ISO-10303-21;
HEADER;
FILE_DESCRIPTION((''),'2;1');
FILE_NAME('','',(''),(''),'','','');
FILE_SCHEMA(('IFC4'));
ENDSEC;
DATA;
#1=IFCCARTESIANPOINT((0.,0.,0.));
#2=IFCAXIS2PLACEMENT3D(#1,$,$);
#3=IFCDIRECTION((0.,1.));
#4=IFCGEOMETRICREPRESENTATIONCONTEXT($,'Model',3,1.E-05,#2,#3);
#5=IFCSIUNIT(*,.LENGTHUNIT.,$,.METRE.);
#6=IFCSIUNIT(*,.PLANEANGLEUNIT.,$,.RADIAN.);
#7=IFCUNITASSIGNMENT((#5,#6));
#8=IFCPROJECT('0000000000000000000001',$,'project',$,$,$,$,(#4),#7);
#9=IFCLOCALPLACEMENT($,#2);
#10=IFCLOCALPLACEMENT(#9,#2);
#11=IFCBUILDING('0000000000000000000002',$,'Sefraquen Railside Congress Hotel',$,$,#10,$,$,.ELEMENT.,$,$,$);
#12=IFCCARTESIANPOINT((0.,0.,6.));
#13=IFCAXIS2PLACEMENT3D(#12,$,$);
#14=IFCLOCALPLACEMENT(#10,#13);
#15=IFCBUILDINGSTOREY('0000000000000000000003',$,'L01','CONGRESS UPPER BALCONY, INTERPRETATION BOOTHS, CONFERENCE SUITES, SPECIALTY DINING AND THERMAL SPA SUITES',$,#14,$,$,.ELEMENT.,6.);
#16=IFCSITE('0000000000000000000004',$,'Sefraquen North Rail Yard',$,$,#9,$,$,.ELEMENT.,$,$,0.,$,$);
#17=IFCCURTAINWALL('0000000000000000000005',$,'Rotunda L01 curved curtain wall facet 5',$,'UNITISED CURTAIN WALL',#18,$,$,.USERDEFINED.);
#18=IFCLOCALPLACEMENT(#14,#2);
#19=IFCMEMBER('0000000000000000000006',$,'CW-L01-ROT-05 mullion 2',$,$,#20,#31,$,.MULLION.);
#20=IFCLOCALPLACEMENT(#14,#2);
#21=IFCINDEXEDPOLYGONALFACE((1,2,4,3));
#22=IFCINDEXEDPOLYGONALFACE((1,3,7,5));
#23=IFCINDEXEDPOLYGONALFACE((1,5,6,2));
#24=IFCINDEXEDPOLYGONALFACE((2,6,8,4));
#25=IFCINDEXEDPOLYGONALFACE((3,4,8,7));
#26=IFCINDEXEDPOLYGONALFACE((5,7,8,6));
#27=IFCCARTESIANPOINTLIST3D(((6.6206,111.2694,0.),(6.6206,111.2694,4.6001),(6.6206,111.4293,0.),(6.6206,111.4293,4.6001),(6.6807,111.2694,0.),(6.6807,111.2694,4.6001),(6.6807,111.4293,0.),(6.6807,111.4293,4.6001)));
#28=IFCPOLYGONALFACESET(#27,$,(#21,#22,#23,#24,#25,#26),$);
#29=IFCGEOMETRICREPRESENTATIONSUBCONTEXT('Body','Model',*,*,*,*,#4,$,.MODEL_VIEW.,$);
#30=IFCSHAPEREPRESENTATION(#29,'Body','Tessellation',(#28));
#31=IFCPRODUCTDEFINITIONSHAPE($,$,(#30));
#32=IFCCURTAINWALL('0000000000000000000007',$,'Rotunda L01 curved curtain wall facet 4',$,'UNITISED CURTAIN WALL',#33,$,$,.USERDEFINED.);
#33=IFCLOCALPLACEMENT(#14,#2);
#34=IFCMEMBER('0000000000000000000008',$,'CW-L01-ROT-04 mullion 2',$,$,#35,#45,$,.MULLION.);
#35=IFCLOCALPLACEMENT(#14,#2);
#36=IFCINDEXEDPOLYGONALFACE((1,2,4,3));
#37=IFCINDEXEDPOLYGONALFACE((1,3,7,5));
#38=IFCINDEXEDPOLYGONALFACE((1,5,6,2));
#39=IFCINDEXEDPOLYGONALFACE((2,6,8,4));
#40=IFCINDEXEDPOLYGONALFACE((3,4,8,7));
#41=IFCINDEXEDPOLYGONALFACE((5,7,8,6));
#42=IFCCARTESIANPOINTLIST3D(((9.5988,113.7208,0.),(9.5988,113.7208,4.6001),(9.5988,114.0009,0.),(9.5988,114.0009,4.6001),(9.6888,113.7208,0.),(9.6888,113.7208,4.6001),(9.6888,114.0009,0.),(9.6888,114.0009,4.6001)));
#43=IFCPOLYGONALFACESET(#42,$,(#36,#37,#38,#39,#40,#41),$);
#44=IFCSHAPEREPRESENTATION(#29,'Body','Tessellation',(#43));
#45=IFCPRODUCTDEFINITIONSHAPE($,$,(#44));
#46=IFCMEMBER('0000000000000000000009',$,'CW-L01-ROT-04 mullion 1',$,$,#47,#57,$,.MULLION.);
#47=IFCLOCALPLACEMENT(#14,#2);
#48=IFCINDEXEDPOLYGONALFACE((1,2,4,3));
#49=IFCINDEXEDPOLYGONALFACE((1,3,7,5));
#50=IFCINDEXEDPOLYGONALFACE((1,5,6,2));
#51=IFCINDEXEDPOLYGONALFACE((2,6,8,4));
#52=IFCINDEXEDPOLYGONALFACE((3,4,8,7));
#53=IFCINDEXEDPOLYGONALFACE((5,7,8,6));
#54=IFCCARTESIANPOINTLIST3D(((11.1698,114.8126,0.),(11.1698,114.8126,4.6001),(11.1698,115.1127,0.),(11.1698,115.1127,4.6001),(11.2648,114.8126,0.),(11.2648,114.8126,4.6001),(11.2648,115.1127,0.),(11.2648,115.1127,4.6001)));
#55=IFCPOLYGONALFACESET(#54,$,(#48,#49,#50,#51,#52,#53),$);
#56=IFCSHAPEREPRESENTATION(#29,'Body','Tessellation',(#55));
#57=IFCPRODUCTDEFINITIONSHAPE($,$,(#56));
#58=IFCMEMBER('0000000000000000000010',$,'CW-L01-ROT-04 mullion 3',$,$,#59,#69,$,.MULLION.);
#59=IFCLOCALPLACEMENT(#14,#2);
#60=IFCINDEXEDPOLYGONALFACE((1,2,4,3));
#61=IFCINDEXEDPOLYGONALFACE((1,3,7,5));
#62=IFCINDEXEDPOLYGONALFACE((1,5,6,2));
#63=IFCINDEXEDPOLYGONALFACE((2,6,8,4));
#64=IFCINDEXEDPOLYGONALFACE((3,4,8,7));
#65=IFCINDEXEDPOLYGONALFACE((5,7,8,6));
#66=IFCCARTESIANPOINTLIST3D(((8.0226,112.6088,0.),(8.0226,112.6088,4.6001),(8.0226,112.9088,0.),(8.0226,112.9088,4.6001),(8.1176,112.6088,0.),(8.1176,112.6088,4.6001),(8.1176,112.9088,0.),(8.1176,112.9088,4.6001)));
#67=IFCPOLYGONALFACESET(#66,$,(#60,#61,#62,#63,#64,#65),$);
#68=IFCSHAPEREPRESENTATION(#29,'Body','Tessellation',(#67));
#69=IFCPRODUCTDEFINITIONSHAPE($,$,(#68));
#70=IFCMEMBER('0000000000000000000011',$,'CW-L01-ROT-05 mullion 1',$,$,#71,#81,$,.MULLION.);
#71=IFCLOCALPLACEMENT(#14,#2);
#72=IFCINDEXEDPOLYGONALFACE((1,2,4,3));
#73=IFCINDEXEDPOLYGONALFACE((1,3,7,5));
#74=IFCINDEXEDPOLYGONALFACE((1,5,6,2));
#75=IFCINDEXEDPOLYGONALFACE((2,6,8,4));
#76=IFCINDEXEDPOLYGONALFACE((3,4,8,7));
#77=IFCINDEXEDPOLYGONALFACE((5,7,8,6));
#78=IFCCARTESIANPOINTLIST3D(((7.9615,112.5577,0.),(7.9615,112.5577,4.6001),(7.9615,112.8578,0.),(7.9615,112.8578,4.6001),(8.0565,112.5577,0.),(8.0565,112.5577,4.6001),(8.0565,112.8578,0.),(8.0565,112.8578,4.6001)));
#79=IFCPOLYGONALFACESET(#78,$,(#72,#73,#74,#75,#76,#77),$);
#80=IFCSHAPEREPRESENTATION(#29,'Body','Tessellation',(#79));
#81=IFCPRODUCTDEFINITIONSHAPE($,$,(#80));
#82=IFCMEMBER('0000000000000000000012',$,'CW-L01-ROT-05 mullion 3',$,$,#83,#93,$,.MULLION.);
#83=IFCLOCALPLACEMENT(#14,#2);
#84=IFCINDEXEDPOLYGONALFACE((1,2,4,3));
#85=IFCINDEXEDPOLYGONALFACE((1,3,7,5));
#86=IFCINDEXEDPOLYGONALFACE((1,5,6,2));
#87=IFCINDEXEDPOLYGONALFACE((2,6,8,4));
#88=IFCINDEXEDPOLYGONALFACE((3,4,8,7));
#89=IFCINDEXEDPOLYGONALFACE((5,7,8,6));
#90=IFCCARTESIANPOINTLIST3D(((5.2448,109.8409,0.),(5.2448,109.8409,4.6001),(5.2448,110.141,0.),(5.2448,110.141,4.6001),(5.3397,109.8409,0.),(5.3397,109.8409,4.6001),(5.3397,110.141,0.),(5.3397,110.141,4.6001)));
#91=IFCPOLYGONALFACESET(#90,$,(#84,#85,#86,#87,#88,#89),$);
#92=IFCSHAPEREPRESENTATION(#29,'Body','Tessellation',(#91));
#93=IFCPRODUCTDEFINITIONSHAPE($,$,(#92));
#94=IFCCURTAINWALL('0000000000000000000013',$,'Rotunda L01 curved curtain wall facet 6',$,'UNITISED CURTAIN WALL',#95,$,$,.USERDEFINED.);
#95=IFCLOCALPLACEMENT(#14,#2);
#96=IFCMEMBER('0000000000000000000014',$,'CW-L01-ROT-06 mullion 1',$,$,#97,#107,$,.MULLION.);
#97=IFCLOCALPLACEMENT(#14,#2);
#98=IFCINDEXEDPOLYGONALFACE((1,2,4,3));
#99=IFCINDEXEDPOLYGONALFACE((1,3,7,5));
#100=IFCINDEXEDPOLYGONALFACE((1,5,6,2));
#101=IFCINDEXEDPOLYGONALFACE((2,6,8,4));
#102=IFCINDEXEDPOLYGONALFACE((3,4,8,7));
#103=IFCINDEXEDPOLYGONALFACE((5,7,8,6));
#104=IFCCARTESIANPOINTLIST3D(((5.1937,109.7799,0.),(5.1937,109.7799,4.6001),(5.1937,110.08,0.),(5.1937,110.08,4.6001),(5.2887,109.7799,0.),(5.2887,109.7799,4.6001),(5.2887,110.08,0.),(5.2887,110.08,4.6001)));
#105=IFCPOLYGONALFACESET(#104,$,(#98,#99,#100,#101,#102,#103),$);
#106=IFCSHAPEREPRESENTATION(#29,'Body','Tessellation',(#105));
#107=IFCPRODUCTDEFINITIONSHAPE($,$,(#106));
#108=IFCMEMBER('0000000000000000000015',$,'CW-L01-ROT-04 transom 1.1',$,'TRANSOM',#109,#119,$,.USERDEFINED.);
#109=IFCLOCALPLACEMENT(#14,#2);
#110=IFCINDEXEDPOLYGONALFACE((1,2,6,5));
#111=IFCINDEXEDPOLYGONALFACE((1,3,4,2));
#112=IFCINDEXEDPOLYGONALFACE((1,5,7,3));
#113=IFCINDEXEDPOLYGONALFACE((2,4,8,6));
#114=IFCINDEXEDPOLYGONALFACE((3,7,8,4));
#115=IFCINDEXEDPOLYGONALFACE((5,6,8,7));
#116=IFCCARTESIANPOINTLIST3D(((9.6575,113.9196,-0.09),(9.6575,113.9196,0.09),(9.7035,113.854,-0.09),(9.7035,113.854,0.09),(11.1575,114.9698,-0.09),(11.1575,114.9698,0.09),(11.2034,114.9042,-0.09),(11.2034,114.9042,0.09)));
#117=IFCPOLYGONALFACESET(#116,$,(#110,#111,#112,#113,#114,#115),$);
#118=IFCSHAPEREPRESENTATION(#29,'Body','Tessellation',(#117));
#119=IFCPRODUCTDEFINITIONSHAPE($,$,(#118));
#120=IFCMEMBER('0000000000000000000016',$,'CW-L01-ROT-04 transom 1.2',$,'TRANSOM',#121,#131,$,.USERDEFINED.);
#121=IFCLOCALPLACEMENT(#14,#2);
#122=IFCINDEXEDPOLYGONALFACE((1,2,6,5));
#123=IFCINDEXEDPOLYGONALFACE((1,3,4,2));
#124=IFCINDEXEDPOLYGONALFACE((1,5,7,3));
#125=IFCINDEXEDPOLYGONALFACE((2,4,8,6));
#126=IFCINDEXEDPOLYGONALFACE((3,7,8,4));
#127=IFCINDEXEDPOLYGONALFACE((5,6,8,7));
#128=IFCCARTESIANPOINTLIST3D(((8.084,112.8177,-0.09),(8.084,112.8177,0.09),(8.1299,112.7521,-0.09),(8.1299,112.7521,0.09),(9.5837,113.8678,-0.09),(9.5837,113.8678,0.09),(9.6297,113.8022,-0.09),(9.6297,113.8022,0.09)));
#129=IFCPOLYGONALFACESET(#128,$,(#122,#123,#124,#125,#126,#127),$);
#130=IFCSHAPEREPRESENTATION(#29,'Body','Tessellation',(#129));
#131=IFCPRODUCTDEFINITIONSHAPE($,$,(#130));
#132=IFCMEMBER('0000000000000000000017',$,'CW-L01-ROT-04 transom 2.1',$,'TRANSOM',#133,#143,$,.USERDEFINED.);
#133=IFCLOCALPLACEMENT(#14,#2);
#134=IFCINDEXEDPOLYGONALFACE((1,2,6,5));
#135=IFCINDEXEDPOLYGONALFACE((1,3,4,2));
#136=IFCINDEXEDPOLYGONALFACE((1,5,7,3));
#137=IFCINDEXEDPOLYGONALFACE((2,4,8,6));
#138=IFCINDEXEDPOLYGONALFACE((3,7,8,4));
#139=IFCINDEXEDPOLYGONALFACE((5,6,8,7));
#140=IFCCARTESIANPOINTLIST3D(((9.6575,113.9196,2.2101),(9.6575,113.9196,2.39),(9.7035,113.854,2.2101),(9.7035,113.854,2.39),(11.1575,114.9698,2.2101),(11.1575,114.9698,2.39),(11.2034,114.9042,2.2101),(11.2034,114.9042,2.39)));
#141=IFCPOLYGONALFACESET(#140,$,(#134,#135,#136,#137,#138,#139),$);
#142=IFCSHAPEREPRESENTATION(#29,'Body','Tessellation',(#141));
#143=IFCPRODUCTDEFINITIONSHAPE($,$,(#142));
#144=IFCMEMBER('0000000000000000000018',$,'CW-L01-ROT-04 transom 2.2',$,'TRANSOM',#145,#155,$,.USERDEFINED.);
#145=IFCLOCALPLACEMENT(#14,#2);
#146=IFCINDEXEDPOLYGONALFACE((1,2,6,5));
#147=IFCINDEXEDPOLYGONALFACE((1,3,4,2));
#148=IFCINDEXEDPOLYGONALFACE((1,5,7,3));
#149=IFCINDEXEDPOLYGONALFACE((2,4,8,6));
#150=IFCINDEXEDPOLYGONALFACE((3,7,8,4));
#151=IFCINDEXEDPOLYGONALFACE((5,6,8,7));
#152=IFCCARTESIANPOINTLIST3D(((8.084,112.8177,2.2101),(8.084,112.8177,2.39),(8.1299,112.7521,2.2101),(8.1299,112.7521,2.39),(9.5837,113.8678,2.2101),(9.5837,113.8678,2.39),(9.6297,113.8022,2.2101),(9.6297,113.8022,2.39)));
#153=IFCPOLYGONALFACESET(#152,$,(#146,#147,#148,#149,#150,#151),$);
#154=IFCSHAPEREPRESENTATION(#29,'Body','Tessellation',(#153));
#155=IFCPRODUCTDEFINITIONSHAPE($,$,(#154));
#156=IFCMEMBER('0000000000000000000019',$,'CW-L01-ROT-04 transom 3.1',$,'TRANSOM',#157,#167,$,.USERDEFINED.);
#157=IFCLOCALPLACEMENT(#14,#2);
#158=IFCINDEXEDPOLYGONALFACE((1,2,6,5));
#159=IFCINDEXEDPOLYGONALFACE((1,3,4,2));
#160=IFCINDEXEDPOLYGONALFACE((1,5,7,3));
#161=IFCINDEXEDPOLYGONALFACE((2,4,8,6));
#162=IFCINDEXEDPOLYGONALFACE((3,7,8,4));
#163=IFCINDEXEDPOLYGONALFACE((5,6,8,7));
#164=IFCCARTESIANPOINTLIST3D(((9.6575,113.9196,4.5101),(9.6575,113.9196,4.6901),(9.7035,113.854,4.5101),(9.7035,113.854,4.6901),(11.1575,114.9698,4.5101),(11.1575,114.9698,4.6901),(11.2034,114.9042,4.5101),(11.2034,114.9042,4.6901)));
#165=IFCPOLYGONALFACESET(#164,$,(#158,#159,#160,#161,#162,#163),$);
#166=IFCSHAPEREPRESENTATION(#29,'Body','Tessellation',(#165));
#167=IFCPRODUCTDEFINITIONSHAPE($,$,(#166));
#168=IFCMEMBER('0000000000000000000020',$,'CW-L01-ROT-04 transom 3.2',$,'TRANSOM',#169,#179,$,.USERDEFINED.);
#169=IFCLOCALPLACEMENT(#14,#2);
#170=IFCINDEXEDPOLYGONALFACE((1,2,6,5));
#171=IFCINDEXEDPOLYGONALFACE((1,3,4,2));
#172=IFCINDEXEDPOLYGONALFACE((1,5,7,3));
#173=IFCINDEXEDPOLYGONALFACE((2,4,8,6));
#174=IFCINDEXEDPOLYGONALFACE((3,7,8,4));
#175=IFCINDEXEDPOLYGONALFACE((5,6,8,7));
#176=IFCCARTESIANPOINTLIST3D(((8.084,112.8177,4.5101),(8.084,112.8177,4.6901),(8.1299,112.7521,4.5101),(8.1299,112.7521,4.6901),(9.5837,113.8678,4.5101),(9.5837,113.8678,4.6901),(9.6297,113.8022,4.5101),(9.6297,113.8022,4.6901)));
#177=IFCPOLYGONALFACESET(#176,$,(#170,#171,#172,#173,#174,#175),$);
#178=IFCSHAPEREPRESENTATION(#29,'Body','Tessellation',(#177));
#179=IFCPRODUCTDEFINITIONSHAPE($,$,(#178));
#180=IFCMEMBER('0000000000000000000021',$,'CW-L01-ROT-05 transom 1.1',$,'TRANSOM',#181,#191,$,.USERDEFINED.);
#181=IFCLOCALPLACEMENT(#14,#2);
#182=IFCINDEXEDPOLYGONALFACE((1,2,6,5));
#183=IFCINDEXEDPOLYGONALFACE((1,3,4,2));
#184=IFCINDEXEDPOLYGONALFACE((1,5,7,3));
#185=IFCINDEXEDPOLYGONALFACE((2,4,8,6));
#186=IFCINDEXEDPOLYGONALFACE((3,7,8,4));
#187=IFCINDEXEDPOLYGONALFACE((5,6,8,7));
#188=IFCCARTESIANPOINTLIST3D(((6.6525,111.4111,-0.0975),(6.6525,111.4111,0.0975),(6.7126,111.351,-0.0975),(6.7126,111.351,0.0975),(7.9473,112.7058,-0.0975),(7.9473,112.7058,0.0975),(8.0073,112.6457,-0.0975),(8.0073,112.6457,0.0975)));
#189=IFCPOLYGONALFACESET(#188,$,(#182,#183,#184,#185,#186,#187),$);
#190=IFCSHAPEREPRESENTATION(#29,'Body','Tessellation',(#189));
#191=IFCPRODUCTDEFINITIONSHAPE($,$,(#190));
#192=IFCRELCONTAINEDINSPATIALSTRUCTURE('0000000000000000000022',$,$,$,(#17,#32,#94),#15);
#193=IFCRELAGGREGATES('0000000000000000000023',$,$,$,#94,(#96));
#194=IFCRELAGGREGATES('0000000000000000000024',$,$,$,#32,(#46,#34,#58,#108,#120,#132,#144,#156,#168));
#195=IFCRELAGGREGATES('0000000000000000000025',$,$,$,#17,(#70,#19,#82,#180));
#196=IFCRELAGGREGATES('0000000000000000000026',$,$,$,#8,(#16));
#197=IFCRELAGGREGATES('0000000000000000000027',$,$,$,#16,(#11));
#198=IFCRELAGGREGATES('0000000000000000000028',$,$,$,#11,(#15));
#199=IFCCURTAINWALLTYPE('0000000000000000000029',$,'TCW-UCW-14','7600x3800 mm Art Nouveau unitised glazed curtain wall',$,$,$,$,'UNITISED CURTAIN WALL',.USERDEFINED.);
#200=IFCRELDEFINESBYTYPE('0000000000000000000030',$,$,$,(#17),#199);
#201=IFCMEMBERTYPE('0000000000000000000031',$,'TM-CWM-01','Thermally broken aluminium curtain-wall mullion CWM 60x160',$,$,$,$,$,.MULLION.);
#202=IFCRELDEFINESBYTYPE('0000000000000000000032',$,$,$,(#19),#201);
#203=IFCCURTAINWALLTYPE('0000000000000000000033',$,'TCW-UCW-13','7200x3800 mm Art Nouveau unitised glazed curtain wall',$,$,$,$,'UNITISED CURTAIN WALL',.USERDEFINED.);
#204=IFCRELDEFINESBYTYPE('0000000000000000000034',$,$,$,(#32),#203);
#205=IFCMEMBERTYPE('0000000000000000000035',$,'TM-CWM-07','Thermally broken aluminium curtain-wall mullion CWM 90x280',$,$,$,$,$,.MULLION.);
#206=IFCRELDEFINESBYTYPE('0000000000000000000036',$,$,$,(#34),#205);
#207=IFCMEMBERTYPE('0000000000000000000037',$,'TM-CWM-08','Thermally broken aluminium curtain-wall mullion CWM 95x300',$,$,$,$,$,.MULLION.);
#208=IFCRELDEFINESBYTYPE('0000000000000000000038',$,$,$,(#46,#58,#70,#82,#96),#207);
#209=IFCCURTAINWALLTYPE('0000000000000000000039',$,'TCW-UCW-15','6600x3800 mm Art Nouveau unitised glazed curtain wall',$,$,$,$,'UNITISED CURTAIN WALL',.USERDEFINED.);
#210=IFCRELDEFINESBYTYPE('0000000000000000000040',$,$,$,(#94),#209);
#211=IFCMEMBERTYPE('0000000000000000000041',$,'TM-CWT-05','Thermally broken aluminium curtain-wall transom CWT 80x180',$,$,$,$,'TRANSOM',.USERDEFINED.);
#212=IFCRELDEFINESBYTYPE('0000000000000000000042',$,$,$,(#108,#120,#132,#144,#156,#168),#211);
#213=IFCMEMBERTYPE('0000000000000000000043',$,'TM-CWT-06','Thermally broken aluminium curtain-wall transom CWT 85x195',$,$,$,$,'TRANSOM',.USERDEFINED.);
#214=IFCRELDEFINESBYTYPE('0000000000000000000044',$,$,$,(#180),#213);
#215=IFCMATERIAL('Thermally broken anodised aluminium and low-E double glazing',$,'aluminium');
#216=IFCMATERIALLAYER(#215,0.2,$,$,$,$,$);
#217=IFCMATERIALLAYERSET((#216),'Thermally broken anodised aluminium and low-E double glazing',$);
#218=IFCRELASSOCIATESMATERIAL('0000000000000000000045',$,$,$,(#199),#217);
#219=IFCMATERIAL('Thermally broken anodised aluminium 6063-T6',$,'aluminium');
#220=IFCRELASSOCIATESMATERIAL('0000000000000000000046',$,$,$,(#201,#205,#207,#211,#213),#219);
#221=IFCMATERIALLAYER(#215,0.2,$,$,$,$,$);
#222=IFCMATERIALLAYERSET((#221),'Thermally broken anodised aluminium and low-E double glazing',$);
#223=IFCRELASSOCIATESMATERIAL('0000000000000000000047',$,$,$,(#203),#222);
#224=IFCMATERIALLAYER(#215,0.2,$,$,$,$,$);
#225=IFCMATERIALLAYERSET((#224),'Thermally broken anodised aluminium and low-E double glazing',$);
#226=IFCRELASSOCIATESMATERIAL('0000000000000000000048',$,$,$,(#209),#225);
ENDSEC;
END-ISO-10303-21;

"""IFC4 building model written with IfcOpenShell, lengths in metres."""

from ifc_helpers import new_model, si_unit, direction, frame, origin, origin_2d, place, context, subcontext, project, spatial, rectangle, extrude, material, layer, layer_set, material_profile, profile_set, type_object, element, aggregate, save


model = new_model("IFC4")

# Units and contexts
model_context = context("Model", 3, precision=1e-05, world=origin(), true_north=direction((0.0, 1.0)))
body_context = subcontext(model_context, "Body", "Model", "MODEL_VIEW")
ifc_project = project(units=[si_unit("LENGTHUNIT", "METRE"), si_unit("PLANEANGLEUNIT", "RADIAN")], contexts=[model_context])

# Site, building, storey
site_placement = place(None, origin())
site = spatial("IfcSite", under=ifc_project, at=site_placement, Name="Sefraquen North Rail Yard", CompositionType="ELEMENT", RefElevation=0.0)
building_placement = place(site_placement, origin())
building = spatial("IfcBuilding", under=site, at=building_placement, Name="Sefraquen Railside Congress Hotel", CompositionType="ELEMENT")
storey_placement = place(building_placement, frame((0.0, 0.0, 6.0)))
storey = spatial("IfcBuildingStorey", under=building, at=storey_placement, Name="L01", Description="CONGRESS UPPER BALCONY, INTERPRETATION BOOTHS, CONFERENCE SUITES, SPECIALTY DINING AND THERMAL SPA SUITES", CompositionType="ELEMENT", Elevation=6.0)

# Curtain wall, member
ifc_material_1 = material(Name="Thermally broken anodised aluminium and low-E double glazing", Category="aluminium")
ifc_layer_1 = layer(ifc_material_1, 0.2)
ifc_layer_set_1 = layer_set([ifc_layer_1], Name="Thermally broken anodised aluminium and low-E double glazing")
curtain_wall_type_1 = type_object("IfcCurtainWallType", Name="TCW-UCW-14", Description="7600x3800 mm Art Nouveau unitised glazed curtain wall", ElementType="UNITISED CURTAIN WALL", PredefinedType="USERDEFINED", material=ifc_layer_set_1)
curtain_wall_1_placement = place(storey_placement, origin())
curtain_wall_1 = element("IfcCurtainWall", 1, at=curtain_wall_1_placement, inside=storey, type_object=curtain_wall_type_1, Name="Rotunda L01 curved curtain wall facet 5", ObjectType="UNITISED CURTAIN WALL", PredefinedType="USERDEFINED")
ifc_material_2 = material(Name="Thermally broken anodised aluminium 6063-T6", Category="aluminium")
ifc_material_profile_1 = material_profile(ifc_material_2, rectangle(XDim=0.0601, YDim=0.1599, at=origin_2d()), Name="CWM 60x160")
ifc_profile_set_1 = profile_set([ifc_material_profile_1], Name="Thermally broken anodised aluminium 6063-T6")
member_type_1 = type_object("IfcMemberType", Name="TM-CWM-01", Description="Thermally broken aluminium curtain-wall mullion CWM 60x160", PredefinedType="MULLION", material=ifc_profile_set_1)
member_1_placement = place(storey_placement, frame((6.6506, 111.3494, 0.0), z_axis=(0.0, 0.0, 1.0), x_axis=(1.0, 0.0, 0.0)))
member_1 = element("IfcMember", 2, at=member_1_placement, type_object=member_type_1, Name="CW-L01-ROT-05 mullion 2", PredefinedType="MULLION", context=body_context, shape_type="SweptSolid", body=[
    extrude(rectangle(XDim=0.0601, YDim=0.1599, at=origin_2d()), origin(), (0.0, 0.0, 1.0), 4.6001),
])

# Curtain wall, members
ifc_layer_2 = layer(ifc_material_1, 0.2)
ifc_layer_set_2 = layer_set([ifc_layer_2], Name="Thermally broken anodised aluminium and low-E double glazing")
curtain_wall_type_2 = type_object("IfcCurtainWallType", Name="TCW-UCW-13", Description="7200x3800 mm Art Nouveau unitised glazed curtain wall", ElementType="UNITISED CURTAIN WALL", PredefinedType="USERDEFINED", material=ifc_layer_set_2)
curtain_wall_2_placement = place(storey_placement, origin())
curtain_wall_2 = element("IfcCurtainWall", 3, at=curtain_wall_2_placement, inside=storey, type_object=curtain_wall_type_2, Name="Rotunda L01 curved curtain wall facet 4", ObjectType="UNITISED CURTAIN WALL", PredefinedType="USERDEFINED")
ifc_material_profile_2 = material_profile(ifc_material_2, rectangle(XDim=0.0901, YDim=0.28, at=origin_2d()), Name="CWM 90x280")
ifc_profile_set_2 = profile_set([ifc_material_profile_2], Name="Thermally broken anodised aluminium 6063-T6")
member_type_2 = type_object("IfcMemberType", Name="TM-CWM-07", Description="Thermally broken aluminium curtain-wall mullion CWM 90x280", PredefinedType="MULLION", material=ifc_profile_set_2)
member_2_placement = place(storey_placement, frame((9.6438, 113.8608, 0.0), z_axis=(0.0, 0.0, 1.0), x_axis=(1.0, 0.0, 0.0)))
member_2 = element("IfcMember", 4, at=member_2_placement, type_object=member_type_2, Name="CW-L01-ROT-04 mullion 2", PredefinedType="MULLION", context=body_context, shape_type="SweptSolid", body=[
    extrude(rectangle(XDim=0.0901, YDim=0.28, at=origin_2d()), origin(), (0.0, 0.0, 1.0), 4.6001),
])
ifc_material_profile_3 = material_profile(ifc_material_2, rectangle(XDim=0.095, YDim=0.3, at=origin_2d()), Name="CWM 95x300")
ifc_profile_set_3 = profile_set([ifc_material_profile_3], Name="Thermally broken anodised aluminium 6063-T6")
member_type_3 = type_object("IfcMemberType", Name="TM-CWM-08", Description="Thermally broken aluminium curtain-wall mullion CWM 95x300", PredefinedType="MULLION", material=ifc_profile_set_3)
member_3_placement = place(storey_placement, frame((11.2173, 114.9626, 0.0), z_axis=(0.0, 0.0, 1.0), x_axis=(1.0, 0.0, 0.0)))
member_3 = element("IfcMember", 5, at=member_3_placement, type_object=member_type_3, Name="CW-L01-ROT-04 mullion 1", PredefinedType="MULLION", context=body_context, shape_type="SweptSolid", body=[
    extrude(rectangle(XDim=0.095, YDim=0.3, at=origin_2d()), origin(), (0.0, 0.0, 1.0), 4.6001),
])
member_4_placement = place(storey_placement, frame((8.0701, 112.7588, 0.0), z_axis=(0.0, 0.0, 1.0), x_axis=(1.0, 0.0, 0.0)))
member_4 = element("IfcMember", 6, at=member_4_placement, type_object=member_type_3, Name="CW-L01-ROT-04 mullion 3", PredefinedType="MULLION", context=body_context, shape_type="SweptSolid", body=[
    extrude(rectangle(XDim=0.095, YDim=0.3, at=origin_2d()), origin(), (0.0, 0.0, 1.0), 4.6001),
])

# Members
member_5_placement = place(storey_placement, frame((8.009, 112.7078, 0.0), z_axis=(0.0, 0.0, 1.0), x_axis=(1.0, 0.0, 0.0)))
member_5 = element("IfcMember", 7, at=member_5_placement, type_object=member_type_3, Name="CW-L01-ROT-05 mullion 1", PredefinedType="MULLION", context=body_context, shape_type="SweptSolid", body=[
    extrude(rectangle(XDim=0.095, YDim=0.3, at=origin_2d()), origin(), (0.0, 0.0, 1.0), 4.6001),
])
member_6_placement = place(storey_placement, frame((5.2922, 109.991, 0.0), z_axis=(0.0, 0.0, 1.0), x_axis=(1.0, 0.0, 0.0)))
member_6 = element("IfcMember", 8, at=member_6_placement, type_object=member_type_3, Name="CW-L01-ROT-05 mullion 3", PredefinedType="MULLION", context=body_context, shape_type="SweptSolid", body=[
    extrude(rectangle(XDim=0.095, YDim=0.3, at=origin_2d()), origin(), (0.0, 0.0, 1.0), 4.6001),
])

# Curtain wall, member
ifc_layer_3 = layer(ifc_material_1, 0.2)
ifc_layer_set_3 = layer_set([ifc_layer_3], Name="Thermally broken anodised aluminium and low-E double glazing")
curtain_wall_type_3 = type_object("IfcCurtainWallType", Name="TCW-UCW-15", Description="6600x3800 mm Art Nouveau unitised glazed curtain wall", ElementType="UNITISED CURTAIN WALL", PredefinedType="USERDEFINED", material=ifc_layer_set_3)
curtain_wall_3_placement = place(storey_placement, origin())
curtain_wall_3 = element("IfcCurtainWall", 9, at=curtain_wall_3_placement, inside=storey, type_object=curtain_wall_type_3, Name="Rotunda L01 curved curtain wall facet 6", ObjectType="UNITISED CURTAIN WALL", PredefinedType="USERDEFINED")
member_7_placement = place(storey_placement, frame((5.2412, 109.9299, 0.0), z_axis=(0.0, 0.0, 1.0), x_axis=(1.0, 0.0, 0.0)))
member_7 = element("IfcMember", 10, at=member_7_placement, type_object=member_type_3, Name="CW-L01-ROT-06 mullion 1", PredefinedType="MULLION", context=body_context, shape_type="SweptSolid", body=[
    extrude(rectangle(XDim=0.095, YDim=0.3, at=origin_2d()), origin(), (0.0, 0.0, 1.0), 4.6001),
])

# Members
ifc_material_profile_4 = material_profile(ifc_material_2, rectangle(XDim=0.0801, YDim=0.1799, at=origin_2d()), Name="CWT 80x180")
ifc_profile_set_4 = profile_set([ifc_material_profile_4], Name="Thermally broken anodised aluminium 6063-T6")
member_type_4 = type_object("IfcMemberType", Name="TM-CWT-05", Description="Thermally broken aluminium curtain-wall transom CWT 80x180", ElementType="TRANSOM", PredefinedType="USERDEFINED", material=ifc_profile_set_4)
member_8_placement = place(storey_placement, frame((11.1804, 114.937, 0.0), z_axis=(-0.819157, -0.57357, 0.0), x_axis=(0.57357, -0.819157, 0.0)))
member_8 = element("IfcMember", 11, at=member_8_placement, type_object=member_type_4, Name="CW-L01-ROT-04 transom 1.1", ObjectType="TRANSOM", PredefinedType="USERDEFINED", context=body_context, shape_type="SweptSolid", body=[
    extrude(rectangle(XDim=0.0801, YDim=0.1799, at=origin_2d()), origin(), (0.0, 0.0, 1.0), 1.8311),
])
member_9_placement = place(storey_placement, frame((9.6067, 113.835, 0.0), z_axis=(-0.819176, -0.573543, 0.0), x_axis=(0.573543, -0.819176, 0.0)))
member_9 = element("IfcMember", 12, at=member_9_placement, type_object=member_type_4, Name="CW-L01-ROT-04 transom 1.2", ObjectType="TRANSOM", PredefinedType="USERDEFINED", context=body_context, shape_type="SweptSolid", body=[
    extrude(rectangle(XDim=0.0801, YDim=0.1799, at=origin_2d()), origin(), (0.0, 0.0, 1.0), 1.8308),
])
member_10_placement = place(storey_placement, frame((11.1804, 114.937, 2.3), z_axis=(-0.819157, -0.57357, 0.0), x_axis=(0.57357, -0.819157, 0.0)))
member_10 = element("IfcMember", 13, at=member_10_placement, type_object=member_type_4, Name="CW-L01-ROT-04 transom 2.1", ObjectType="TRANSOM", PredefinedType="USERDEFINED", context=body_context, shape_type="SweptSolid", body=[
    extrude(rectangle(XDim=0.0801, YDim=0.1799, at=origin_2d()), origin(), (0.0, 0.0, 1.0), 1.8311),
])
member_11_placement = place(storey_placement, frame((9.6067, 113.835, 2.3), z_axis=(-0.819176, -0.573543, 0.0), x_axis=(0.573543, -0.819176, 0.0)))
member_11 = element("IfcMember", 14, at=member_11_placement, type_object=member_type_4, Name="CW-L01-ROT-04 transom 2.2", ObjectType="TRANSOM", PredefinedType="USERDEFINED", context=body_context, shape_type="SweptSolid", body=[
    extrude(rectangle(XDim=0.0801, YDim=0.1799, at=origin_2d()), origin(), (0.0, 0.0, 1.0), 1.8308),
])
member_12_placement = place(storey_placement, frame((11.1804, 114.937, 4.6001), z_axis=(-0.819157, -0.57357, 0.0), x_axis=(0.57357, -0.819157, 0.0)))
member_12 = element("IfcMember", 15, at=member_12_placement, type_object=member_type_4, Name="CW-L01-ROT-04 transom 3.1", ObjectType="TRANSOM", PredefinedType="USERDEFINED", context=body_context, shape_type="SweptSolid", body=[
    extrude(rectangle(XDim=0.0801, YDim=0.1799, at=origin_2d()), origin(), (0.0, 0.0, 1.0), 1.8311),
])
member_13_placement = place(storey_placement, frame((9.6067, 113.835, 4.6001), z_axis=(-0.819176, -0.573543, 0.0), x_axis=(0.573543, -0.819176, 0.0)))
member_13 = element("IfcMember", 16, at=member_13_placement, type_object=member_type_4, Name="CW-L01-ROT-04 transom 3.2", ObjectType="TRANSOM", PredefinedType="USERDEFINED", context=body_context, shape_type="SweptSolid", body=[
    extrude(rectangle(XDim=0.0801, YDim=0.1799, at=origin_2d()), origin(), (0.0, 0.0, 1.0), 1.8308),
])
ifc_material_profile_5 = material_profile(ifc_material_2, rectangle(XDim=0.085, YDim=0.1951, at=origin_2d()), Name="CWT 85x195")
ifc_profile_set_5 = profile_set([ifc_material_profile_5], Name="Thermally broken anodised aluminium 6063-T6")
member_type_5 = type_object("IfcMemberType", Name="TM-CWT-06", Description="Thermally broken aluminium curtain-wall transom CWT 85x195", ElementType="TRANSOM", PredefinedType="USERDEFINED", material=ifc_profile_set_5)
member_14_placement = place(storey_placement, frame((7.9773, 112.6758, 0.0), z_axis=(-0.707107, -0.707107, 0.0), x_axis=(0.707107, -0.707107, 0.0)))
member_14 = element("IfcMember", 17, at=member_14_placement, type_object=member_type_5, Name="CW-L01-ROT-05 transom 1.1", ObjectType="TRANSOM", PredefinedType="USERDEFINED", context=body_context, shape_type="SweptSolid", body=[
    extrude(rectangle(XDim=0.085, YDim=0.1951, at=origin_2d()), origin(), (0.0, 0.0, 1.0), 1.8311),
])
aggregate(curtain_wall_3, [member_7])

aggregate(curtain_wall_2, [member_3, member_2, member_4, member_8, member_9, member_10, member_11, member_12, member_13])
aggregate(curtain_wall_1, [member_5, member_1, member_6, member_14])

save(model, "model.ifc")
